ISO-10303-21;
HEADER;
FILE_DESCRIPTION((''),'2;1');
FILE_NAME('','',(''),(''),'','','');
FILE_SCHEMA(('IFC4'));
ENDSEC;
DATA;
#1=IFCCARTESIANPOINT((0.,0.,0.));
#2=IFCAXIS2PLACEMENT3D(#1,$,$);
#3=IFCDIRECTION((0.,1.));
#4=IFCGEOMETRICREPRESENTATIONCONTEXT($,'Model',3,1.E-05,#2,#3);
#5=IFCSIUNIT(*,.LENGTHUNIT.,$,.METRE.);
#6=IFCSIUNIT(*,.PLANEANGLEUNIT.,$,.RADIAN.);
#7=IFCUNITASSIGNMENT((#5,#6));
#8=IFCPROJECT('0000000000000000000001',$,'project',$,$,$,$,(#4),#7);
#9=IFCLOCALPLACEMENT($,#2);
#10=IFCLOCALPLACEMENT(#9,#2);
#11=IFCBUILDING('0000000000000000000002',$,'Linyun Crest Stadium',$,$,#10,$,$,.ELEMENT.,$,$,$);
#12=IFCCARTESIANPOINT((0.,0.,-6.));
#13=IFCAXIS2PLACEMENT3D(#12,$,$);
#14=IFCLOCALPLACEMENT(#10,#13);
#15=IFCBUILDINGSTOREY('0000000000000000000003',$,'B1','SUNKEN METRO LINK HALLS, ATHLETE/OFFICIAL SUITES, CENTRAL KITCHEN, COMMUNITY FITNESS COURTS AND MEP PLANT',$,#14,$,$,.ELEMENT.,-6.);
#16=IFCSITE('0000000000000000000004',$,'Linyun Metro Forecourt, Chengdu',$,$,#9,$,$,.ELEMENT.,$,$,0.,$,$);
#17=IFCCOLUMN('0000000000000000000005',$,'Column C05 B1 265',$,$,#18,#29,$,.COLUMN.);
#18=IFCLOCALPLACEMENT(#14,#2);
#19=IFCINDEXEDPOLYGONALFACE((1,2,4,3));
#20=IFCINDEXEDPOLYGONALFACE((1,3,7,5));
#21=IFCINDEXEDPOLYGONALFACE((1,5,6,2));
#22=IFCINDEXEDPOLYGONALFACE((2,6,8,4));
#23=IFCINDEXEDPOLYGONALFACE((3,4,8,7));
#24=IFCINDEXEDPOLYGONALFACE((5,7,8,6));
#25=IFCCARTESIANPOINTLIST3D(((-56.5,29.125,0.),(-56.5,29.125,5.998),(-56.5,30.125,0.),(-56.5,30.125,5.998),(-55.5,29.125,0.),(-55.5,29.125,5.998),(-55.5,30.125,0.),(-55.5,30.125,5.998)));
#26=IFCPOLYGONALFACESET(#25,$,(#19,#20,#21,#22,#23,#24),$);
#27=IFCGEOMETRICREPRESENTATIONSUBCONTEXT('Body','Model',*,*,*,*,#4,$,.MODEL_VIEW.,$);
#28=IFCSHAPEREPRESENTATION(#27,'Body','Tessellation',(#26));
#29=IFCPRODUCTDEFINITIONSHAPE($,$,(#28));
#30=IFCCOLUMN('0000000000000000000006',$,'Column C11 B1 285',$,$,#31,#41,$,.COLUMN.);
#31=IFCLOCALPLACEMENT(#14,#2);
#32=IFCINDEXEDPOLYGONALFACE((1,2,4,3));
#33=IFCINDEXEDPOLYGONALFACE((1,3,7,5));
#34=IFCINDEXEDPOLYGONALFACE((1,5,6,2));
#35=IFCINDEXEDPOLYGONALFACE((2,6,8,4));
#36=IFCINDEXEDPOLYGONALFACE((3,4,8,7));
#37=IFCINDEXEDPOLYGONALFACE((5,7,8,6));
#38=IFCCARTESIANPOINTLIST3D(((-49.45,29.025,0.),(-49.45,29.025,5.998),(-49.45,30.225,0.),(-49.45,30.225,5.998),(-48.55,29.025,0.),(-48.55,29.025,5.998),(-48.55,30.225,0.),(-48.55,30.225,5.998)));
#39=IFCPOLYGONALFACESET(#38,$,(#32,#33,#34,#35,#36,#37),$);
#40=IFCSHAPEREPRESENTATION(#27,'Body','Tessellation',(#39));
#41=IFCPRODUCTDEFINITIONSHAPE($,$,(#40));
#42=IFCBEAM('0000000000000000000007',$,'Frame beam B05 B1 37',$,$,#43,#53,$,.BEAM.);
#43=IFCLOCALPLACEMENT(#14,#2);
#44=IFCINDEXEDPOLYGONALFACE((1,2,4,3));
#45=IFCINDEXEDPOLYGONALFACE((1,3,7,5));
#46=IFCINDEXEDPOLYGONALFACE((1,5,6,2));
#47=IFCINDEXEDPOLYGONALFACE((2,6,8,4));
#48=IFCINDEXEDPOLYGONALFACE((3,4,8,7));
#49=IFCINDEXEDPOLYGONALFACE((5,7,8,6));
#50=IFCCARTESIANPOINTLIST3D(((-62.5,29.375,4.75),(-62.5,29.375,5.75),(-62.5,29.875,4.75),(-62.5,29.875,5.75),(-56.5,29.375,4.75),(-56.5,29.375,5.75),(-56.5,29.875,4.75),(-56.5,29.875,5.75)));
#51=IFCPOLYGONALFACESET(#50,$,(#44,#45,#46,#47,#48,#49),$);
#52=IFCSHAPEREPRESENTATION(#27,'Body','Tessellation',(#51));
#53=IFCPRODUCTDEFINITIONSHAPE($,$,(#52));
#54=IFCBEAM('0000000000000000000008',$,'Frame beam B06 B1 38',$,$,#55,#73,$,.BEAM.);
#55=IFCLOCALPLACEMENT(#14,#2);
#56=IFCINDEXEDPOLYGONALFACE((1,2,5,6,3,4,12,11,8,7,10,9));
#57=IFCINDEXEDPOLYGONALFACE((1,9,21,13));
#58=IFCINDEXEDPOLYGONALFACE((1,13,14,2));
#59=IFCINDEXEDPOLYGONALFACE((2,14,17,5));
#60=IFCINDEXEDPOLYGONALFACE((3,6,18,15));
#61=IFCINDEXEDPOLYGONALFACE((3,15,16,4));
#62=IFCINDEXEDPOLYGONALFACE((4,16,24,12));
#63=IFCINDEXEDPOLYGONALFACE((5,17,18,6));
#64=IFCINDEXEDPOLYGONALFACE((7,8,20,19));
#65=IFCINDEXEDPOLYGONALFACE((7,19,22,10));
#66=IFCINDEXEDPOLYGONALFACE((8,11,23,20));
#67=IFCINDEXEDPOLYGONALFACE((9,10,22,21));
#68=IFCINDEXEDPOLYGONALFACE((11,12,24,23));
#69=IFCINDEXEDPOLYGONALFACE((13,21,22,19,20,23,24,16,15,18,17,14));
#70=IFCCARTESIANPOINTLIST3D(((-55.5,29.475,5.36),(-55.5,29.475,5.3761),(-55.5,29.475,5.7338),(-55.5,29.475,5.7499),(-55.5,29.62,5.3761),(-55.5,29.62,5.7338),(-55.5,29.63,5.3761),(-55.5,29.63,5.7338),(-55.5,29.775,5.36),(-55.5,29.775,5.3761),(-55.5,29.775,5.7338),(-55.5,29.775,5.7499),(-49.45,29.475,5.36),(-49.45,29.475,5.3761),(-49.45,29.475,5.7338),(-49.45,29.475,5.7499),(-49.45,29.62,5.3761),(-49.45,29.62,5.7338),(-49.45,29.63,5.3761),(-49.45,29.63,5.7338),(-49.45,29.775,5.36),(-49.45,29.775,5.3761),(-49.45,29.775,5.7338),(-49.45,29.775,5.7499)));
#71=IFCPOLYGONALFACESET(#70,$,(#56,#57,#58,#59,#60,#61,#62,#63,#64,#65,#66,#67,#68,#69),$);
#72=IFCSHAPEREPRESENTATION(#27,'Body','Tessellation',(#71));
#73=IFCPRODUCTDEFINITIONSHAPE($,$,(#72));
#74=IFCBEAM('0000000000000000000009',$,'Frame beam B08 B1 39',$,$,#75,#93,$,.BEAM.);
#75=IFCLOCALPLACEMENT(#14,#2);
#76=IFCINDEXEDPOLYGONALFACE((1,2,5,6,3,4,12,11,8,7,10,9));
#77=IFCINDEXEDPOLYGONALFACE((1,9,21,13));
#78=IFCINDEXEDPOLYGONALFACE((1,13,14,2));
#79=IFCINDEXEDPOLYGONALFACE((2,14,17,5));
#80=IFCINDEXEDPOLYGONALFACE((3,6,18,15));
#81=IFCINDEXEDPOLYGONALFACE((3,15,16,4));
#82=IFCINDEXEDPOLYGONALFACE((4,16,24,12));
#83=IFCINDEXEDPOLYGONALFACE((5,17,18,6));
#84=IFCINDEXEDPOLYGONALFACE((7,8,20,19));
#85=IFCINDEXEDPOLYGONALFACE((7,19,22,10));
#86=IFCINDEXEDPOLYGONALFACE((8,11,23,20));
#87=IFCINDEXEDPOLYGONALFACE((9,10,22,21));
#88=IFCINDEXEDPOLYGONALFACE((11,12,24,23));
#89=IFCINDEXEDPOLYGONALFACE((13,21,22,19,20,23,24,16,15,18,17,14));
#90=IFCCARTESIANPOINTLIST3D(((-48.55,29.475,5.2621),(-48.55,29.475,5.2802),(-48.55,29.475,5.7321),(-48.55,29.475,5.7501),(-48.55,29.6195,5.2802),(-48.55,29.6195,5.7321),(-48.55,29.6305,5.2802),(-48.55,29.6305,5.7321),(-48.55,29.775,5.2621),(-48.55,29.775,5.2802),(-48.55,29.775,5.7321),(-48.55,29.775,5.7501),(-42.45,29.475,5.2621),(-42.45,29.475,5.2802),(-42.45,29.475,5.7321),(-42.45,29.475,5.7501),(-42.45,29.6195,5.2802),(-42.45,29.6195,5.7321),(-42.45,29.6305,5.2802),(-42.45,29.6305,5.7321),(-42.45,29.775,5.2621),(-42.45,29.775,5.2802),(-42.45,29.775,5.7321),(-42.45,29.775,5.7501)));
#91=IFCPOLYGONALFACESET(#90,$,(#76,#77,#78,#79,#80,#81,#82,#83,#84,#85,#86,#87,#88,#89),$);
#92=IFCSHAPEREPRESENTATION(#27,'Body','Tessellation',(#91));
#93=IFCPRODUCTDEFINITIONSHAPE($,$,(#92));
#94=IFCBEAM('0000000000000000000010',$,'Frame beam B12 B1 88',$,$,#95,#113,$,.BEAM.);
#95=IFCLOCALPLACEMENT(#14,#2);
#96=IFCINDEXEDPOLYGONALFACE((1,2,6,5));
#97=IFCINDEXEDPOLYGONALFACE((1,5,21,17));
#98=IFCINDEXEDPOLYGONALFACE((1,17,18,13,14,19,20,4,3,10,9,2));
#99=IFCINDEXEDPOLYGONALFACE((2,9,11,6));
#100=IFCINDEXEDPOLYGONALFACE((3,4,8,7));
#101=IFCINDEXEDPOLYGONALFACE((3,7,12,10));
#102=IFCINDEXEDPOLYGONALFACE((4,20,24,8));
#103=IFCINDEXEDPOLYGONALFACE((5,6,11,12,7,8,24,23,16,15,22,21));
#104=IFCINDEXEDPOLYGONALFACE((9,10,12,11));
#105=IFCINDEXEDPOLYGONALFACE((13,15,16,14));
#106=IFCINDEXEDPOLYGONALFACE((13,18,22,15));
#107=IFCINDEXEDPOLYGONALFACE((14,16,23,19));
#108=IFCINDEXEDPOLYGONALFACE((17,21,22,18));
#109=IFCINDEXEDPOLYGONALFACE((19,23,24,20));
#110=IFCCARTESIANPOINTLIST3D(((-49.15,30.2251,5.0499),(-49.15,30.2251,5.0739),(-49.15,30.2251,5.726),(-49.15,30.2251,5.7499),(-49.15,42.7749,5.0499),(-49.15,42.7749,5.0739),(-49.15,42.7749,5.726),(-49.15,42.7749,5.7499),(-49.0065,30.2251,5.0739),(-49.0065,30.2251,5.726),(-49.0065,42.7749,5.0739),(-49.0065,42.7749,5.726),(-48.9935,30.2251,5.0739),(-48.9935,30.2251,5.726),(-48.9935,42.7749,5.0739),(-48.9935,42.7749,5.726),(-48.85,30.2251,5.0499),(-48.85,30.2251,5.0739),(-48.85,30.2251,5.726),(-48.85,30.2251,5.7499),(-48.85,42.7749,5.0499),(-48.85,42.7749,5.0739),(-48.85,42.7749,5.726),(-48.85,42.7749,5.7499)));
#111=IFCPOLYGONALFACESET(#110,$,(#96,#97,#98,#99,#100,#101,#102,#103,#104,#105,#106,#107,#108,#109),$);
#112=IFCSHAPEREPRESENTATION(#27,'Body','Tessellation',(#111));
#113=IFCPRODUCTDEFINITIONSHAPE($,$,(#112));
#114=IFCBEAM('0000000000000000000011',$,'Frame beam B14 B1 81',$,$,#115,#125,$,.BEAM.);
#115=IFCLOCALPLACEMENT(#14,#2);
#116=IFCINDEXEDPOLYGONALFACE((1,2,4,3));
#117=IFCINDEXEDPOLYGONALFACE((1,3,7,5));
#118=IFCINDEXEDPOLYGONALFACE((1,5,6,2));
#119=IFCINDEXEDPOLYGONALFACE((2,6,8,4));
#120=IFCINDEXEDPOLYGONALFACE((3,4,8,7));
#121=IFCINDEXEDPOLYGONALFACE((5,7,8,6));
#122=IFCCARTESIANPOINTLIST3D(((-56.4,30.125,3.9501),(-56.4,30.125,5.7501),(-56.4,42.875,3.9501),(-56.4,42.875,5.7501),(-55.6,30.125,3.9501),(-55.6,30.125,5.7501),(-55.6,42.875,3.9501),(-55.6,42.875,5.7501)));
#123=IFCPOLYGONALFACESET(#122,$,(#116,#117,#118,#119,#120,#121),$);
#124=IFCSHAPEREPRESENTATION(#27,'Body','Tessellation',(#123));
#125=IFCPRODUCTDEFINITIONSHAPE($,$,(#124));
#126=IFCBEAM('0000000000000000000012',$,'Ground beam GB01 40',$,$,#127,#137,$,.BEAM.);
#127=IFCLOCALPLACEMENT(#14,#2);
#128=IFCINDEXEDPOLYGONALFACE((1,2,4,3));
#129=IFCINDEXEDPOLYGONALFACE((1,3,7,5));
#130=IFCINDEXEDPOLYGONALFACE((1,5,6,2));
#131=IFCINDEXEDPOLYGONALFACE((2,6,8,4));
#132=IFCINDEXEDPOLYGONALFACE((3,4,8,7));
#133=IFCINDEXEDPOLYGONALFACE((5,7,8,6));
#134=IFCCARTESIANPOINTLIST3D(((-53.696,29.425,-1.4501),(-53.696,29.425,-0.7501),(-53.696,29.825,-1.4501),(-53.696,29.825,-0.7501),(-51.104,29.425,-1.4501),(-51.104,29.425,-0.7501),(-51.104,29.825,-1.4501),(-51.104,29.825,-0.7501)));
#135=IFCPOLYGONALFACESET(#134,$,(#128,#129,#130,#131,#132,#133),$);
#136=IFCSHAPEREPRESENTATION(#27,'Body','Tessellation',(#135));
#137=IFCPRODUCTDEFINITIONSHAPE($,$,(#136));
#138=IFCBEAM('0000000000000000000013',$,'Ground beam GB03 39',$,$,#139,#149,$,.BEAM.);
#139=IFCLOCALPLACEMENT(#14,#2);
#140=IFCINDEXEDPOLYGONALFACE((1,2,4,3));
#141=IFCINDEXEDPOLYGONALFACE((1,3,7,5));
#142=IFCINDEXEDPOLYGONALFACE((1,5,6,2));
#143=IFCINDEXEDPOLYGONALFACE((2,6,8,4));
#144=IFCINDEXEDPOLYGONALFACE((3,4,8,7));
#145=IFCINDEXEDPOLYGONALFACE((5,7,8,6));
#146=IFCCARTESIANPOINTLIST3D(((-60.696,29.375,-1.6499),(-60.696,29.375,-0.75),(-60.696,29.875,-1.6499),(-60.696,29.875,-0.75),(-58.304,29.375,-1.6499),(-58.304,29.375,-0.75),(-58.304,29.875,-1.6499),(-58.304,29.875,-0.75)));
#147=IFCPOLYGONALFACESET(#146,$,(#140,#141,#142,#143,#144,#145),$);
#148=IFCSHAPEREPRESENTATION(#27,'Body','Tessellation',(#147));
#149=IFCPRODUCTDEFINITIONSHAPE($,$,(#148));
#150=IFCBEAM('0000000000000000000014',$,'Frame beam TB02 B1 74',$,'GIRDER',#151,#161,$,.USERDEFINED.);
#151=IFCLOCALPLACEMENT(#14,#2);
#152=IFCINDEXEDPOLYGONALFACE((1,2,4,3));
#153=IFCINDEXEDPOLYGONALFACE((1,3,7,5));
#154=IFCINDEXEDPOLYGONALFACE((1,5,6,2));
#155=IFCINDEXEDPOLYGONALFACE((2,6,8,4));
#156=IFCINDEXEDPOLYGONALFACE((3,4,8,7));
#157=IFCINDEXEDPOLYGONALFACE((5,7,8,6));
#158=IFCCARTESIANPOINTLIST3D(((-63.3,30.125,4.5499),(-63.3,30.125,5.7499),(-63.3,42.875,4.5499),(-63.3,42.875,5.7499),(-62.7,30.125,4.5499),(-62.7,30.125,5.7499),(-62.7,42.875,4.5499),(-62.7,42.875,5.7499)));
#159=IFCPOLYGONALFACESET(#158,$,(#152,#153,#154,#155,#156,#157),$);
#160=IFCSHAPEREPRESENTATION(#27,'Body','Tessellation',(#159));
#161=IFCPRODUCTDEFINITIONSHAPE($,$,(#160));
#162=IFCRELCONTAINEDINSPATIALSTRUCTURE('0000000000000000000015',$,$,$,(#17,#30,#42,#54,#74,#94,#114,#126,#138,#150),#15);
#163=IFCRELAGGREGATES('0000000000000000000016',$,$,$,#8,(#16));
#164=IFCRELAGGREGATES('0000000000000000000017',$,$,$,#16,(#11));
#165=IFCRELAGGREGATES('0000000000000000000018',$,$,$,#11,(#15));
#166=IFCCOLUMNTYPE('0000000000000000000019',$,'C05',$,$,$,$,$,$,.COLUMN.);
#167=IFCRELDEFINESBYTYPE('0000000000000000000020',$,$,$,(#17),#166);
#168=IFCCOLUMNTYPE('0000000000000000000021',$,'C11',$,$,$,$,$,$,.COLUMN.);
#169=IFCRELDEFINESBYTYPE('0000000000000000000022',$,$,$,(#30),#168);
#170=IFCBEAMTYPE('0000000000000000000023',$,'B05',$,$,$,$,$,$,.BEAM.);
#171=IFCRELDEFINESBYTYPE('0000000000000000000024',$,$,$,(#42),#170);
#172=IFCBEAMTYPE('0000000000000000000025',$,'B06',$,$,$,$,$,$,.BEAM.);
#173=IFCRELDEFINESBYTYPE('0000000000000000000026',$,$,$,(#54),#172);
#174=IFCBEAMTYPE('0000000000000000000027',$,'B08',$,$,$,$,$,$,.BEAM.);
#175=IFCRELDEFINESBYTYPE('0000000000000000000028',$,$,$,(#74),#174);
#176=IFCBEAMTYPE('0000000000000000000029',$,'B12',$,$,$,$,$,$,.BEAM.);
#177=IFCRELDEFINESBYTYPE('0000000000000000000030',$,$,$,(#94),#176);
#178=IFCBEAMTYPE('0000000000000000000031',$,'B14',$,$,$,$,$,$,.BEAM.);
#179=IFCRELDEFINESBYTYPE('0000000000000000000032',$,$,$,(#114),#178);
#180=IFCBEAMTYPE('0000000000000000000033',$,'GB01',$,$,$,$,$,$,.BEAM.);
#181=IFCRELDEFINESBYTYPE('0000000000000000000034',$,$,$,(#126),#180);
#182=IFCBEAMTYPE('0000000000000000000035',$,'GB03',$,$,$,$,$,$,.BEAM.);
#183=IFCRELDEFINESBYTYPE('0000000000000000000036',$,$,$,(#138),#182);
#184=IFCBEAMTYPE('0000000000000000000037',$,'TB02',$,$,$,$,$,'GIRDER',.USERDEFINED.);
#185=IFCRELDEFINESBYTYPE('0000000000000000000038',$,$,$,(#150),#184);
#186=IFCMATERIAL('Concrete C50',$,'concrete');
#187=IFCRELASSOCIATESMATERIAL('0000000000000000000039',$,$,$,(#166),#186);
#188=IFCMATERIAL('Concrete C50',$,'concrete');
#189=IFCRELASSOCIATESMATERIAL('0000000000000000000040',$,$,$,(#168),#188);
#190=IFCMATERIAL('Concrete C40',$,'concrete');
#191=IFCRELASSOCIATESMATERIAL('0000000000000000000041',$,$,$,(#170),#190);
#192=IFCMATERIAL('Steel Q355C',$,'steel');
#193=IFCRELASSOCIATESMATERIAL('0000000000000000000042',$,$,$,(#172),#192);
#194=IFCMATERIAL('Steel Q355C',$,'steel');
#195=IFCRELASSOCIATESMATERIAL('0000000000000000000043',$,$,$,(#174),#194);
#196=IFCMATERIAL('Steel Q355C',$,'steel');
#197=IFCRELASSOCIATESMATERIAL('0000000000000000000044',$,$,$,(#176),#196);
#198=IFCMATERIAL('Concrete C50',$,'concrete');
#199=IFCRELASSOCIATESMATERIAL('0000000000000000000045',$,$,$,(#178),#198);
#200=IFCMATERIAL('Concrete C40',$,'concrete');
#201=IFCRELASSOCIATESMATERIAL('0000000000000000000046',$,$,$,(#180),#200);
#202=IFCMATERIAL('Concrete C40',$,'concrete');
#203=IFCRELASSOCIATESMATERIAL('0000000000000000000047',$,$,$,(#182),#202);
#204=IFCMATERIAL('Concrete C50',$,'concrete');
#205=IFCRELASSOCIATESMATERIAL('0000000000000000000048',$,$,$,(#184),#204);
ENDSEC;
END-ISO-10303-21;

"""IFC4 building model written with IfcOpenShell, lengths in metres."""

from ifc_helpers import new_model, si_unit, direction, frame, origin, origin_2d, place, context, subcontext, project, spatial, rectangle, i_section, extrude, material, material_profile, profile_set, type_object, element, save


model = new_model("IFC4")

# Units and contexts
model_context = context("Model", 3, precision=1e-05, world=origin(), true_north=direction((0.0, 1.0)))
body_context = subcontext(model_context, "Body", "Model", "MODEL_VIEW")
ifc_project = project(units=[si_unit("LENGTHUNIT", "METRE"), si_unit("PLANEANGLEUNIT", "RADIAN")], contexts=[model_context])

# Site, building, storey
site_placement = place(None, origin())
site = spatial("IfcSite", under=ifc_project, at=site_placement, Name="Linyun Metro Forecourt, Chengdu", CompositionType="ELEMENT", RefElevation=0.0)
building_placement = place(site_placement, origin())
building = spatial("IfcBuilding", under=site, at=building_placement, Name="Linyun Crest Stadium", CompositionType="ELEMENT")
storey_placement = place(building_placement, frame((0.0, 0.0, -6.0)))
storey = spatial("IfcBuildingStorey", under=building, at=storey_placement, Name="B1", Description="SUNKEN METRO LINK HALLS, ATHLETE/OFFICIAL SUITES, CENTRAL KITCHEN, COMMUNITY FITNESS COURTS AND MEP PLANT", CompositionType="ELEMENT", Elevation=-6.0)

# Columns
ifc_material_1 = material(Name="Concrete C50", Category="concrete")
ifc_material_profile_1 = material_profile(ifc_material_1, rectangle(XDim=1.0, YDim=1.0, at=origin_2d()), Name="RC 1000x1000")
ifc_profile_set_1 = profile_set([ifc_material_profile_1], Name="Concrete C50")
column_type_1 = type_object("IfcColumnType", Name="C05", PredefinedType="COLUMN", material=ifc_profile_set_1)
for number, where, z_axis, x_axis, name in (
    (1, (-56.0, 29.625, 0.0), (0.0, 0.0, 1.0), (1.0, 0.0, 0.0), "Column C05 B1 265"),
):
    element("IfcColumn", number, at=place(storey_placement, frame(where, z_axis=z_axis, x_axis=x_axis)), inside=storey, type_object=column_type_1, Name=name, PredefinedType="COLUMN", context=body_context, shape_type="SweptSolid", body=[
        extrude(rectangle(XDim=1.0, YDim=1.0, at=origin_2d()), origin(), (0.0, 0.0, 1.0), 5.998),
    ])
ifc_material_2 = material(Name="Concrete C50", Category="concrete")
ifc_material_profile_2 = material_profile(ifc_material_2, rectangle(XDim=0.8999, YDim=1.2, at=origin_2d()), Name="RC 1200x900")
ifc_profile_set_2 = profile_set([ifc_material_profile_2], Name="Concrete C50")
column_type_2 = type_object("IfcColumnType", Name="C11", PredefinedType="COLUMN", material=ifc_profile_set_2)
column_placement = place(storey_placement, frame((-49.0, 29.625, 0.0), z_axis=(0.0, 0.0, 1.0), x_axis=(1.0, 0.0, 0.0)))
element("IfcColumn", 2, at=column_placement, inside=storey, type_object=column_type_2, Name="Column C11 B1 285", PredefinedType="COLUMN", context=body_context, shape_type="SweptSolid", body=[
    extrude(rectangle(XDim=0.8999, YDim=1.2, at=origin_2d()), origin(), (0.0, 0.0, 1.0), 5.998),
])

# Beams
ifc_material_3 = material(Name="Concrete C40", Category="concrete")
ifc_material_profile_3 = material_profile(ifc_material_3, rectangle(XDim=0.5, YDim=1.0, at=origin_2d()), Name="RCB 1000x500")
ifc_profile_set_3 = profile_set([ifc_material_profile_3], Name="Concrete C40")
beam_type_1 = type_object("IfcBeamType", Name="B05", PredefinedType="BEAM", material=ifc_profile_set_3)
beam_1_placement = place(storey_placement, frame((-62.5, 29.625, 5.25), z_axis=(1.0, 0.0, 0.0), x_axis=(0.0, 1.0, 0.0)))
element("IfcBeam", 3, at=beam_1_placement, inside=storey, type_object=beam_type_1, Name="Frame beam B05 B1 37", PredefinedType="BEAM", context=body_context, shape_type="SweptSolid", body=[
    extrude(rectangle(XDim=0.5, YDim=1.0, at=origin_2d()), origin(), (0.0, 0.0, 1.0), 6.0),
])
ifc_material_4 = material(Name="Steel Q355C", Category="steel")
ifc_material_profile_4 = material_profile(ifc_material_4, i_section(OverallWidth=0.3, OverallDepth=0.3899, WebThickness=0.01, FlangeThickness=0.0161, at=origin_2d()), Name="HM 390x300")
ifc_profile_set_4 = profile_set([ifc_material_profile_4], Name="Steel Q355C")
beam_type_2 = type_object("IfcBeamType", Name="B06", PredefinedType="BEAM", material=ifc_profile_set_4)
beam_2_placement = place(storey_placement, frame((-55.5, 29.625, 5.5549), z_axis=(1.0, 0.0, 0.0), x_axis=(0.0, 1.0, 0.0)))
element("IfcBeam", 4, at=beam_2_placement, inside=storey, type_object=beam_type_2, Name="Frame beam B06 B1 38", PredefinedType="BEAM", context=body_context, shape_type="SweptSolid", body=[
    extrude(i_section(OverallWidth=0.3, OverallDepth=0.3899, WebThickness=0.01, FlangeThickness=0.0161, at=origin_2d()), origin(), (0.0, 0.0, 1.0), 6.05),
])
ifc_material_5 = material(Name="Steel Q355C", Category="steel")
ifc_material_profile_5 = material_profile(ifc_material_5, i_section(OverallWidth=0.3, OverallDepth=0.488, WebThickness=0.011, FlangeThickness=0.0181, at=origin_2d()), Name="HM 488x300")
ifc_profile_set_5 = profile_set([ifc_material_profile_5], Name="Steel Q355C")
beam_type_3 = type_object("IfcBeamType", Name="B08", PredefinedType="BEAM", material=ifc_profile_set_5)
beam_3_placement = place(storey_placement, frame((-48.55, 29.625, 5.5061), z_axis=(1.0, 0.0, 0.0), x_axis=(0.0, 1.0, 0.0)))
element("IfcBeam", 5, at=beam_3_placement, inside=storey, type_object=beam_type_3, Name="Frame beam B08 B1 39", PredefinedType="BEAM", context=body_context, shape_type="SweptSolid", body=[
    extrude(i_section(OverallWidth=0.3, OverallDepth=0.488, WebThickness=0.011, FlangeThickness=0.0181, at=origin_2d()), origin(), (0.0, 0.0, 1.0), 6.1001),
])
ifc_material_6 = material(Name="Steel Q355C", Category="steel")
ifc_material_profile_6 = material_profile(ifc_material_6, i_section(OverallWidth=0.3, OverallDepth=0.7, WebThickness=0.0129, FlangeThickness=0.0239, at=origin_2d()), Name="HN 700x300")
ifc_profile_set_6 = profile_set([ifc_material_profile_6], Name="Steel Q355C")
beam_type_4 = type_object("IfcBeamType", Name="B12", PredefinedType="BEAM", material=ifc_profile_set_6)
beam_4_placement = place(storey_placement, frame((-49.0, 30.2251, 5.3999), z_axis=(0.0, 1.0, 0.0), x_axis=(-1.0, 0.0, 0.0)))
element("IfcBeam", 6, at=beam_4_placement, inside=storey, type_object=beam_type_4, Name="Frame beam B12 B1 88", PredefinedType="BEAM", context=body_context, shape_type="SweptSolid", body=[
    extrude(i_section(OverallWidth=0.3, OverallDepth=0.7, WebThickness=0.0129, FlangeThickness=0.0239, at=origin_2d()), origin(), (0.0, 0.0, 1.0), 12.5498),
])
ifc_material_7 = material(Name="Concrete C50", Category="concrete")
ifc_material_profile_7 = material_profile(ifc_material_7, rectangle(XDim=0.8, YDim=1.8, at=origin_2d()), Name="RCB 1800x800")
ifc_profile_set_7 = profile_set([ifc_material_profile_7], Name="Concrete C50")
beam_type_5 = type_object("IfcBeamType", Name="B14", PredefinedType="BEAM", material=ifc_profile_set_7)
beam_5_placement = place(storey_placement, frame((-56.0, 30.125, 4.8501), z_axis=(0.0, 1.0, 0.0), x_axis=(-1.0, 0.0, 0.0)))
element("IfcBeam", 7, at=beam_5_placement, inside=storey, type_object=beam_type_5, Name="Frame beam B14 B1 81", PredefinedType="BEAM", context=body_context, shape_type="SweptSolid", body=[
    extrude(rectangle(XDim=0.8, YDim=1.8, at=origin_2d()), origin(), (0.0, 0.0, 1.0), 12.75),
])
ifc_material_8 = material(Name="Concrete C40", Category="concrete")
ifc_material_profile_8 = material_profile(ifc_material_8, rectangle(XDim=0.3999, YDim=0.7, at=origin_2d()), Name="RCB 700x400")
ifc_profile_set_8 = profile_set([ifc_material_profile_8], Name="Concrete C40")
beam_type_6 = type_object("IfcBeamType", Name="GB01", PredefinedType="BEAM", material=ifc_profile_set_8)
beam_6_placement = place(storey_placement, frame((-53.696, 29.625, -1.1001), z_axis=(1.0, 0.0, 0.0), x_axis=(0.0, 1.0, 0.0)))
element("IfcBeam", 8, at=beam_6_placement, inside=storey, type_object=beam_type_6, Name="Ground beam GB01 40", PredefinedType="BEAM", context=body_context, shape_type="SweptSolid", body=[
    extrude(rectangle(XDim=0.3999, YDim=0.7, at=origin_2d()), origin(), (0.0, 0.0, 1.0), 2.592),
])
ifc_material_9 = material(Name="Concrete C40", Category="concrete")
ifc_material_profile_9 = material_profile(ifc_material_9, rectangle(XDim=0.5, YDim=0.8999, at=origin_2d()), Name="RCB 900x500")
ifc_profile_set_9 = profile_set([ifc_material_profile_9], Name="Concrete C40")
beam_type_7 = type_object("IfcBeamType", Name="GB03", PredefinedType="BEAM", material=ifc_profile_set_9)
beam_7_placement = place(storey_placement, frame((-60.696, 29.625, -1.2), z_axis=(1.0, 0.0, 0.0), x_axis=(0.0, 1.0, 0.0)))
element("IfcBeam", 9, at=beam_7_placement, inside=storey, type_object=beam_type_7, Name="Ground beam GB03 39", PredefinedType="BEAM", context=body_context, shape_type="SweptSolid", body=[
    extrude(rectangle(XDim=0.5, YDim=0.8999, at=origin_2d()), origin(), (0.0, 0.0, 1.0), 2.3921),
])
ifc_material_10 = material(Name="Concrete C50", Category="concrete")
ifc_material_profile_10 = material_profile(ifc_material_10, rectangle(XDim=0.6001, YDim=1.2, at=origin_2d()), Name="RCB 1200x600")
ifc_profile_set_10 = profile_set([ifc_material_profile_10], Name="Concrete C50")
beam_type_8 = type_object("IfcBeamType", Name="TB02", ElementType="GIRDER", PredefinedType="USERDEFINED", material=ifc_profile_set_10)
beam_8_placement = place(storey_placement, frame((-63.0, 30.125, 5.1499), z_axis=(0.0, 1.0, 0.0), x_axis=(-1.0, 0.0, 0.0)))
element("IfcBeam", 10, at=beam_8_placement, inside=storey, type_object=beam_type_8, Name="Frame beam TB02 B1 74", ObjectType="GIRDER", PredefinedType="USERDEFINED", context=body_context, shape_type="SweptSolid", body=[
    extrude(rectangle(XDim=0.6001, YDim=1.2, at=origin_2d()), origin(), (0.0, 0.0, 1.0), 12.75),
])

save(model, "model.ifc")
